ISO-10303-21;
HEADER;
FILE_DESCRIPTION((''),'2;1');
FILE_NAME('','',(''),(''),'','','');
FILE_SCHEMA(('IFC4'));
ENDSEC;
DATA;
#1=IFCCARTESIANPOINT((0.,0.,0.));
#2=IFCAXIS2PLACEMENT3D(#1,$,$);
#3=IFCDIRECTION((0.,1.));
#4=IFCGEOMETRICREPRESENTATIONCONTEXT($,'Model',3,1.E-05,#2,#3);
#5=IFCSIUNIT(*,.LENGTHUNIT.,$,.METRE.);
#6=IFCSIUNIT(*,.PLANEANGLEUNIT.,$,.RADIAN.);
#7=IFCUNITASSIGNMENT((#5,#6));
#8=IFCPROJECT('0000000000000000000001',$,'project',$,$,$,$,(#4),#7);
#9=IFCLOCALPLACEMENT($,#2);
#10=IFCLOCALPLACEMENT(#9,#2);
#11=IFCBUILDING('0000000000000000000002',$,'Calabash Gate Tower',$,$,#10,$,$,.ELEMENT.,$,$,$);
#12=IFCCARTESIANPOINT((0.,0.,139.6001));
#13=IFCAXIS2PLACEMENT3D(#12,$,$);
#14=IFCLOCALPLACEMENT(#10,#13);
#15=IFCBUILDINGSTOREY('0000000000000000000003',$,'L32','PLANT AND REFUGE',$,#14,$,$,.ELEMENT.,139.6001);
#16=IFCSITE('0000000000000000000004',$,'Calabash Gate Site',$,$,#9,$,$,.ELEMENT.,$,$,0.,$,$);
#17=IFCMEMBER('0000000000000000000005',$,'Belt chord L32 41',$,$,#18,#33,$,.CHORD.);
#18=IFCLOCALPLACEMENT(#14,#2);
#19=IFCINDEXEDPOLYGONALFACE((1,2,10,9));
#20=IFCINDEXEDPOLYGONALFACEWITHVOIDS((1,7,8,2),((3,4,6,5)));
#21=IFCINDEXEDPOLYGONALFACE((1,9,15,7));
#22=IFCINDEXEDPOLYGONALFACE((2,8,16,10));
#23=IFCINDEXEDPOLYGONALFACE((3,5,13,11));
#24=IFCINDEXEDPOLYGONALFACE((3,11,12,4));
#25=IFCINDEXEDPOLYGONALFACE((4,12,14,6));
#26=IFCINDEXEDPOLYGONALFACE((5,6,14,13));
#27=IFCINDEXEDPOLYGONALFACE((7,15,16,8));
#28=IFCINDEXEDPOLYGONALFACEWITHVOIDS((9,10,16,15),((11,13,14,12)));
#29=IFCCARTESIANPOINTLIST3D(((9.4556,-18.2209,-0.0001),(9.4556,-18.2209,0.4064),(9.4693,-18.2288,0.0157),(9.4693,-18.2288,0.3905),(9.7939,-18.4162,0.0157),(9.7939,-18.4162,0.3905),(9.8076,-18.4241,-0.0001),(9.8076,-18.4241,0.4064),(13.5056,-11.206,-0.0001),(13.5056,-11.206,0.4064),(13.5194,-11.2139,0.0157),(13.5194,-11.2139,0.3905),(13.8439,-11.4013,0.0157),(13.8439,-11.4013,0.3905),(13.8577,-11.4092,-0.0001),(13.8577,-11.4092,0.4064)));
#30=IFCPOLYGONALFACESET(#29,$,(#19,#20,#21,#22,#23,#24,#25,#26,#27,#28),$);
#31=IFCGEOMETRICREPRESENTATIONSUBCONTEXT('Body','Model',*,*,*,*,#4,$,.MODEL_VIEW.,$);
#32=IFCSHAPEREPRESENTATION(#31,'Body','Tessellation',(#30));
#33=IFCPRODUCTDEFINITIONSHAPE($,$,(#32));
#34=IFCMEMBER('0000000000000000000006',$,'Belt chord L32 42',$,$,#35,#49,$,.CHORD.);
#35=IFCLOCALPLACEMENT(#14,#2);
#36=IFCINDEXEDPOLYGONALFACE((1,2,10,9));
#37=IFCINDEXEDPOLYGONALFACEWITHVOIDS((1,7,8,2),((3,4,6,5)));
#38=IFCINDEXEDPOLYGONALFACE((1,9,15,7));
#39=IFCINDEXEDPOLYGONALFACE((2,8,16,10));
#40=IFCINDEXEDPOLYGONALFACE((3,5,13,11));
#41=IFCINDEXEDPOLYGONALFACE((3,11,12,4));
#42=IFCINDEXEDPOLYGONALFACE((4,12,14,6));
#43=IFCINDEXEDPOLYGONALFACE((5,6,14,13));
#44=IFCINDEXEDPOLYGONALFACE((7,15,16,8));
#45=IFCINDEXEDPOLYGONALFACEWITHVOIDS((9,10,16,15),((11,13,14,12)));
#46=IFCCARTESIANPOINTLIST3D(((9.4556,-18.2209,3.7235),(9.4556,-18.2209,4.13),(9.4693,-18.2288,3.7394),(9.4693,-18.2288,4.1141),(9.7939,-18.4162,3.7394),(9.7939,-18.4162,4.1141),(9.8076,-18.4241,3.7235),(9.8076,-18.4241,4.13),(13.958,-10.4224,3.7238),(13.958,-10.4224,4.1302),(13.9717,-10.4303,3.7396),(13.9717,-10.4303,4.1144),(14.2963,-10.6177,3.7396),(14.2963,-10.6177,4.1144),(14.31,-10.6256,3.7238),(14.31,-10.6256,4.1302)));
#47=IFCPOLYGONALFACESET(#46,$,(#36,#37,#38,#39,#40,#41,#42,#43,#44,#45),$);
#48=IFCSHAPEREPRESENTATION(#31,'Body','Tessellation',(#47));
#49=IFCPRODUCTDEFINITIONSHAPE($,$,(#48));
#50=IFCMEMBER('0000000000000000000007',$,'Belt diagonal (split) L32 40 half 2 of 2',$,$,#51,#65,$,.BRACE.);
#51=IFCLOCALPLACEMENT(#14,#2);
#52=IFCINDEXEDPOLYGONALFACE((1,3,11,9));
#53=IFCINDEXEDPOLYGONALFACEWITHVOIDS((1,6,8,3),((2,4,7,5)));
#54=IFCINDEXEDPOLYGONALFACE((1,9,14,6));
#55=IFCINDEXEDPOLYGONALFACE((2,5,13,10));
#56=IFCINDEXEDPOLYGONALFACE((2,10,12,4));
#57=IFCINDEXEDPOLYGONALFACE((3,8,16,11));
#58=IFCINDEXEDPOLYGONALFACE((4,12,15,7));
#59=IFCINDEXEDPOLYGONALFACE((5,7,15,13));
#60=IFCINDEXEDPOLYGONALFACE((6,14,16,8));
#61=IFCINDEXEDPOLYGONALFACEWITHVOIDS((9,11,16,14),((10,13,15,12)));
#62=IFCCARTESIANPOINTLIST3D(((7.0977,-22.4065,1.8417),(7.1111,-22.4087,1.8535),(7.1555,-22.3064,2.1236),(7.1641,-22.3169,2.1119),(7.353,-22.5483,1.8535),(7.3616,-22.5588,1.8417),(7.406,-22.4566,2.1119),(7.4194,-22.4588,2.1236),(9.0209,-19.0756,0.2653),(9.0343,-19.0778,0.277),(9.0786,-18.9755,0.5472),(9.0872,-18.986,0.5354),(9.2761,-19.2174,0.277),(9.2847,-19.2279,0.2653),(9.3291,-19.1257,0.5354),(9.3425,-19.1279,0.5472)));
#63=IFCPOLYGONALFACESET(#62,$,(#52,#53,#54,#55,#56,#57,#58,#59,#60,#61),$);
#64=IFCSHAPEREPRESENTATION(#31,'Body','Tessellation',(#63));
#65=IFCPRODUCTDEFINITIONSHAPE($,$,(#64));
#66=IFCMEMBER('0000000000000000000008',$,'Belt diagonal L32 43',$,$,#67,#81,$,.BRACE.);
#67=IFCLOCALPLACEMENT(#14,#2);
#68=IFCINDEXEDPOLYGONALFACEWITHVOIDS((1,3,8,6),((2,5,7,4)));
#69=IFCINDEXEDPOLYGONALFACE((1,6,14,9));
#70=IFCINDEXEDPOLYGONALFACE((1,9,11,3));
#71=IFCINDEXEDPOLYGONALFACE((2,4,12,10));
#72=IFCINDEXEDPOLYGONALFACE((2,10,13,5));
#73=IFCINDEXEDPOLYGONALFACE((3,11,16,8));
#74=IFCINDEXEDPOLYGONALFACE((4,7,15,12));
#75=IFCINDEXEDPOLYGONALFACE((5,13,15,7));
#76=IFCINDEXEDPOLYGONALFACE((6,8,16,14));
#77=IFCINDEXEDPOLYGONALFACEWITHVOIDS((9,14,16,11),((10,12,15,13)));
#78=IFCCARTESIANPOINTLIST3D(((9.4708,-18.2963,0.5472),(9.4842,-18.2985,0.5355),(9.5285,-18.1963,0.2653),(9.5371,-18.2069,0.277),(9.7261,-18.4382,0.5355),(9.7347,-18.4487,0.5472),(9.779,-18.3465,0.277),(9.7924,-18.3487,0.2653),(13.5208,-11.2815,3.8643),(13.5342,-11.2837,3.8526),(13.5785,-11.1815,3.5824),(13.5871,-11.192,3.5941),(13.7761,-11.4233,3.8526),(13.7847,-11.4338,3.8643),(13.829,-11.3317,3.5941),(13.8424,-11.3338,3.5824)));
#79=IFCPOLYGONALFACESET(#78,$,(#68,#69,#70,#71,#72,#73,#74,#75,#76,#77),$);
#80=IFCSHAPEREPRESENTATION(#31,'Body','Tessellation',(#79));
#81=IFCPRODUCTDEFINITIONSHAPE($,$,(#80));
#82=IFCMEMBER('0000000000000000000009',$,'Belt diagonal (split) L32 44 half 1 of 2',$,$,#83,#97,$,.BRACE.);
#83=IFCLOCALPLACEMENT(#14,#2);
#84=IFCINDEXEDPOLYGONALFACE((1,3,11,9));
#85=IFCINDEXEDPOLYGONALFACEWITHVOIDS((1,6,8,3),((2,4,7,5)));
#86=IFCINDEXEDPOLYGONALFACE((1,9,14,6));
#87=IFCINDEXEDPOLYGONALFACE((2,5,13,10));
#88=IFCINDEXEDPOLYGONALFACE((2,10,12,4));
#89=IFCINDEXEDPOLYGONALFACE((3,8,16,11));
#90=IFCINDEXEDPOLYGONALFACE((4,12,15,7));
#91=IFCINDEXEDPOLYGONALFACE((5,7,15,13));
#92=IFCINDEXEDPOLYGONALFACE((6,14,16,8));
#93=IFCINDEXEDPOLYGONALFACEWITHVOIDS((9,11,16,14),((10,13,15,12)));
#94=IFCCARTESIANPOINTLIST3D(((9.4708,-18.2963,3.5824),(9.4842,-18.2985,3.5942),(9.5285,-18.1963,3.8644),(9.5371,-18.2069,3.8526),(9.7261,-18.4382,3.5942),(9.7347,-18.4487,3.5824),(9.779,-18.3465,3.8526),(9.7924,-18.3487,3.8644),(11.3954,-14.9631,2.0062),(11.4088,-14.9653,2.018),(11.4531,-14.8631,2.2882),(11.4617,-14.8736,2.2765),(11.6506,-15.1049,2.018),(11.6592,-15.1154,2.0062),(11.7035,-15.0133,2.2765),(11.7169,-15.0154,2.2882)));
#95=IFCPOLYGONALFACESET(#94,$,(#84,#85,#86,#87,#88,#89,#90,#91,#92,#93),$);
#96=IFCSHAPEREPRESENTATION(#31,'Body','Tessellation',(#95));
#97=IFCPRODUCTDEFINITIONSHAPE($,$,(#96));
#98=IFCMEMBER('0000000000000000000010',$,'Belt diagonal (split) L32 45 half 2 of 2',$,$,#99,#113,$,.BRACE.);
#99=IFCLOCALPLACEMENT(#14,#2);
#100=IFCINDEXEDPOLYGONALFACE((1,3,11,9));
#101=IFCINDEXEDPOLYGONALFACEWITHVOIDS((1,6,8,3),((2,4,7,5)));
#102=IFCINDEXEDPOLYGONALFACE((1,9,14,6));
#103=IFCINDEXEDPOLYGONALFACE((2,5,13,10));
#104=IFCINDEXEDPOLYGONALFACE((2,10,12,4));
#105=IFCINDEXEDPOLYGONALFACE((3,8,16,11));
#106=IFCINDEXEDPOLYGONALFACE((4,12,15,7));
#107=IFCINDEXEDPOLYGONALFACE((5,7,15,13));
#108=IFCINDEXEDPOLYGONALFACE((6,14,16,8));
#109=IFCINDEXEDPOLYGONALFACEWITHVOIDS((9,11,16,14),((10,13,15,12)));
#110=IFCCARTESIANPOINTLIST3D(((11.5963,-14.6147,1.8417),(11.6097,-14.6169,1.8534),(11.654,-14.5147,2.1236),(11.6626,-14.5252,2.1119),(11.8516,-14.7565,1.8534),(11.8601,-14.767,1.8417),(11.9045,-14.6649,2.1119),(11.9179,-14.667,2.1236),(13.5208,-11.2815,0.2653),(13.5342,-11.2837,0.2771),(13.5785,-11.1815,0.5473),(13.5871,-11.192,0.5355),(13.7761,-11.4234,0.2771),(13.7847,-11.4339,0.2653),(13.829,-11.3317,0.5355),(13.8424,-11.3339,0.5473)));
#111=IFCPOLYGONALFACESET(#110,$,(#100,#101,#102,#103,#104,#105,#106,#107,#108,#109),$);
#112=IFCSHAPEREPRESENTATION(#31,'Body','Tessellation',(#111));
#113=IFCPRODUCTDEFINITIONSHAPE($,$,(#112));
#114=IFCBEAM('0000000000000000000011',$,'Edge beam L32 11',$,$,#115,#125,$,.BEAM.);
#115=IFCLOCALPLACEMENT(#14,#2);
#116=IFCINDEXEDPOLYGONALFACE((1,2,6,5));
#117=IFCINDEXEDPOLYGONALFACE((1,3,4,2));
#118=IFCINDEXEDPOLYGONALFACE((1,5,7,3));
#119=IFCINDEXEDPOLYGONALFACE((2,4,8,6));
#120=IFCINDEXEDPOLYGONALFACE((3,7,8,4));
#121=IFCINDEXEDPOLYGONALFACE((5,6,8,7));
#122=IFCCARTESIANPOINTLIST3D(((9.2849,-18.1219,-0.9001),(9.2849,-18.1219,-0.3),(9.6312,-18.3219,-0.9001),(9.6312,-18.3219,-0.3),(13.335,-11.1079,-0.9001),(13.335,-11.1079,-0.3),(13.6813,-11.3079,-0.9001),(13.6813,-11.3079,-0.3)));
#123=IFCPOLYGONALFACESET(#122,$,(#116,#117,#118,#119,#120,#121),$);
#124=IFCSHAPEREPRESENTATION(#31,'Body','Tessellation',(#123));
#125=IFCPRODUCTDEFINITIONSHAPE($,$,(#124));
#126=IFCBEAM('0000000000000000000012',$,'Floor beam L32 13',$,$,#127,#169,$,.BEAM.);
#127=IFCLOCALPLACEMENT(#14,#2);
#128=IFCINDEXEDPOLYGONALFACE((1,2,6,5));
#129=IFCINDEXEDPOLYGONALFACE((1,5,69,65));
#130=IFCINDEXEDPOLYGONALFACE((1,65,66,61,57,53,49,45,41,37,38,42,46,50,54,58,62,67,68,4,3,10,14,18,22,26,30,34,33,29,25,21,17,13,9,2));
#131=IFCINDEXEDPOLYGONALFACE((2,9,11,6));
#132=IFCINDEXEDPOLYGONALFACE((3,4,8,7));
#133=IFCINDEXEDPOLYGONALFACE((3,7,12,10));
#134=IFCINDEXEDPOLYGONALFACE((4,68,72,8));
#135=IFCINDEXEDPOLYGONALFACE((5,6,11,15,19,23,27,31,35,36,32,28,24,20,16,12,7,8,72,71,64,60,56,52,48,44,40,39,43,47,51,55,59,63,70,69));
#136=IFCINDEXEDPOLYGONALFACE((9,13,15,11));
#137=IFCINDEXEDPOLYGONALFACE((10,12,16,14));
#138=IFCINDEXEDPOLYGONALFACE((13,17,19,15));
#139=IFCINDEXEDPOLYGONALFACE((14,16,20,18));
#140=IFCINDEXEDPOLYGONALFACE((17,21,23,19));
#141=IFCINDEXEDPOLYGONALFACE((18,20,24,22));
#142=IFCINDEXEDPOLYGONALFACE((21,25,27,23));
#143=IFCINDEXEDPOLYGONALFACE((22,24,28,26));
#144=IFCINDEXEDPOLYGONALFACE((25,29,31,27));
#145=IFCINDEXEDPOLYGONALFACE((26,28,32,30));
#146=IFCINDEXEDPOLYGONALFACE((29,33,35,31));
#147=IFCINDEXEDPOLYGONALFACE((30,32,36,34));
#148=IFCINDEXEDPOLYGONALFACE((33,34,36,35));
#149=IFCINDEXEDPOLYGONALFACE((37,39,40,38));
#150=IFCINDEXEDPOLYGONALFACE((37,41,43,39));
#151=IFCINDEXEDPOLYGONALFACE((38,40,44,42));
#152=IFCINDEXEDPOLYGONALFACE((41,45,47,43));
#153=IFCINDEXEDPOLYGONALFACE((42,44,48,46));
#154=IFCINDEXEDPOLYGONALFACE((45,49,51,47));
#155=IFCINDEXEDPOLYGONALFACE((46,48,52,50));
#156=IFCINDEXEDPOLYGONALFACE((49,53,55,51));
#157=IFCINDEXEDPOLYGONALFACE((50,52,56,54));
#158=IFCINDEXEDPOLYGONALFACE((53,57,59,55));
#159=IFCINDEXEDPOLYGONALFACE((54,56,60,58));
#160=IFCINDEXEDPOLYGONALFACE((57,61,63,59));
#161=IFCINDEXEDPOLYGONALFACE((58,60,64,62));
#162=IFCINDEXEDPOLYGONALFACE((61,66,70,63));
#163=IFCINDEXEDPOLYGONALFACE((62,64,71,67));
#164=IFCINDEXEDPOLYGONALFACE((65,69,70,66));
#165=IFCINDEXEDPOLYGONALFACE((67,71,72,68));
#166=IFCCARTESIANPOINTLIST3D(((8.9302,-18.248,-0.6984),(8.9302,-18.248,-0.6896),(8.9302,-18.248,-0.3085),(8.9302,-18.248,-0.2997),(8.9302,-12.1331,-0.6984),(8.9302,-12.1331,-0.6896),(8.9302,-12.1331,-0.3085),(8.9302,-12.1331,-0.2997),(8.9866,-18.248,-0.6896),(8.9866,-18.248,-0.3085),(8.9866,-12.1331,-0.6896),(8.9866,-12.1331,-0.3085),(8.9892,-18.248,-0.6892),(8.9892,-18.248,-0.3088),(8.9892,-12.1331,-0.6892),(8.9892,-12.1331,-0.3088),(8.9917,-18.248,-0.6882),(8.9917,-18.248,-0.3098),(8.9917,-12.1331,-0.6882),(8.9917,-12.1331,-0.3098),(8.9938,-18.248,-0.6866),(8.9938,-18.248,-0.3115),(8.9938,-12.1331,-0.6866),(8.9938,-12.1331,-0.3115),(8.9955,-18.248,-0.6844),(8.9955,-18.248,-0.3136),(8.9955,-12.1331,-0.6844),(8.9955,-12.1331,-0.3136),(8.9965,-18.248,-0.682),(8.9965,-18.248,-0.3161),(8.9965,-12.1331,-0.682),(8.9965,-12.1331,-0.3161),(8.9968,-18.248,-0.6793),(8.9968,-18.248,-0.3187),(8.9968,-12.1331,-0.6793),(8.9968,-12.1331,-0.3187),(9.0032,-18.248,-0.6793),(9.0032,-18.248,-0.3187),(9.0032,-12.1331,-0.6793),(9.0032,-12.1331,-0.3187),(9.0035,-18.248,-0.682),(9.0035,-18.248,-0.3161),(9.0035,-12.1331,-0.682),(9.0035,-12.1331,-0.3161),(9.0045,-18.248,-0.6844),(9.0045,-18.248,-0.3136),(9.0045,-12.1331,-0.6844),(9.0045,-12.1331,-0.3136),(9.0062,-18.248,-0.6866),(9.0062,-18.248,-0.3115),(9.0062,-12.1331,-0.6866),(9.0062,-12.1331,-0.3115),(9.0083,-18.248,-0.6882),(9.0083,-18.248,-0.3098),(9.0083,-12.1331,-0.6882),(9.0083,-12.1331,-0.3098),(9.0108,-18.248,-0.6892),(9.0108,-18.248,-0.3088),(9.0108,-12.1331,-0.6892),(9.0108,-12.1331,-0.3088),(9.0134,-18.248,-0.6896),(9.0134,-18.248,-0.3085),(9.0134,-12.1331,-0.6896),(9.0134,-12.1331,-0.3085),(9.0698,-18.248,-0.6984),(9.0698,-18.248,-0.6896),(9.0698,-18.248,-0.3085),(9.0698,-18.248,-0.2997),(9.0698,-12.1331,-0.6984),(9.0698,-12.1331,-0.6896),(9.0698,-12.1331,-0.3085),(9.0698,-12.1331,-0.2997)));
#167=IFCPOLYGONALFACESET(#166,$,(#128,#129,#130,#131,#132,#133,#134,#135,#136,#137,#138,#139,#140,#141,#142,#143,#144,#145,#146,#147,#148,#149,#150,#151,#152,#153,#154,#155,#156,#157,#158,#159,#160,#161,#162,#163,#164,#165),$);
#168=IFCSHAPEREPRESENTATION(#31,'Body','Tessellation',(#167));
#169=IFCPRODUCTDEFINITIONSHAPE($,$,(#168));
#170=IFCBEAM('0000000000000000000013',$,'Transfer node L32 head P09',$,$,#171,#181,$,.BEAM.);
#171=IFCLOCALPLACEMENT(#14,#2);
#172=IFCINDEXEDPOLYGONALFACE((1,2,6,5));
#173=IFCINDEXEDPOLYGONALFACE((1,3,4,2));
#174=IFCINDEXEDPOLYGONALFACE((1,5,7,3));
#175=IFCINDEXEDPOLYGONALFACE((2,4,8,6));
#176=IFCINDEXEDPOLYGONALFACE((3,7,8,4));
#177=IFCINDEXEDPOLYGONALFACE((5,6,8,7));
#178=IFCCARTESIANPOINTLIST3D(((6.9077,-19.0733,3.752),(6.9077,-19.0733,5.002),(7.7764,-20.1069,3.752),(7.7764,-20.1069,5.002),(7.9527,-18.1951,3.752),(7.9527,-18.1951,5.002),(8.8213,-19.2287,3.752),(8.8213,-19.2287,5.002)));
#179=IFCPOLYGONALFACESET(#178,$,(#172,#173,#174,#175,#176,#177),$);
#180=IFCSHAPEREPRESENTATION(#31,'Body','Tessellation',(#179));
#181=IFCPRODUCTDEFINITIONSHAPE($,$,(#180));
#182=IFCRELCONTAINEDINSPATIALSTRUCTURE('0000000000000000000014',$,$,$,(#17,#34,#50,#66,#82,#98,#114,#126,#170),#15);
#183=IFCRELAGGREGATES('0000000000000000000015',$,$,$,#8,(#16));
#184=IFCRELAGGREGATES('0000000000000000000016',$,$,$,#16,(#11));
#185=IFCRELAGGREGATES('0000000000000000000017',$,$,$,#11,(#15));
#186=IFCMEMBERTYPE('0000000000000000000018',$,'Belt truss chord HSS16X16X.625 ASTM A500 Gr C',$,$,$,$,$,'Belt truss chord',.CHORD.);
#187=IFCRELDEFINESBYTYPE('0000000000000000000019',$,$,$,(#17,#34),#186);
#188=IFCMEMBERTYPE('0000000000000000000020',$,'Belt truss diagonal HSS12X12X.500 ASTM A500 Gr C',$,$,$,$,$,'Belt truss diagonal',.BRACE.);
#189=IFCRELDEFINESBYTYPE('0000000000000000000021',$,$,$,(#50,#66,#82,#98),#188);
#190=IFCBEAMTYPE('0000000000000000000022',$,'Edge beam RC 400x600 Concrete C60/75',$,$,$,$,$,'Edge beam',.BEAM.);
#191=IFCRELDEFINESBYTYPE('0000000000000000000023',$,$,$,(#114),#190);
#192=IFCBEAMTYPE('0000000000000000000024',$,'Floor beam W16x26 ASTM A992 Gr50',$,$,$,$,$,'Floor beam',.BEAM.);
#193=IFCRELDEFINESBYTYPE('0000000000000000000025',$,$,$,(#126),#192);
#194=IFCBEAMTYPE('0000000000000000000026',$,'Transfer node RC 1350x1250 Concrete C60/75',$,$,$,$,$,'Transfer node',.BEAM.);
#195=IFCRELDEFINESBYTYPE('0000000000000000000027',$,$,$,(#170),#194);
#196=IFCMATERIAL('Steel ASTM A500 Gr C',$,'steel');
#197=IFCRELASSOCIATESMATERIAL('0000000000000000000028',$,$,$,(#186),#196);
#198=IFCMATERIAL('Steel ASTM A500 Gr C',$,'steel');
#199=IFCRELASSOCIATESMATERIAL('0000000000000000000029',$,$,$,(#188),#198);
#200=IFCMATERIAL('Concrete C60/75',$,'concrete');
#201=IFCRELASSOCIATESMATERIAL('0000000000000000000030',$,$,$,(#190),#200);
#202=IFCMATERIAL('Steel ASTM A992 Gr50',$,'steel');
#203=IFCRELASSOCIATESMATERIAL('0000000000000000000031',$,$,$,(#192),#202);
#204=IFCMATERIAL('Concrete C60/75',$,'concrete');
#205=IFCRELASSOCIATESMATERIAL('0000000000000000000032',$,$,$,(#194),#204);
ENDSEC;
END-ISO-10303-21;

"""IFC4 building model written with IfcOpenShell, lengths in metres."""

from ifc_helpers import new_model, si_unit, direction, frame, origin, origin_2d, place, context, subcontext, project, spatial, rectangle, hollow_rectangle, i_section, extrude, material, material_profile, profile_set, type_object, element, save


model = new_model("IFC4")

# Units and contexts
model_context = context("Model", 3, precision=1e-05, world=origin(), true_north=direction((0.0, 1.0)))
body_context = subcontext(model_context, "Body", "Model", "MODEL_VIEW")
ifc_project = project(units=[si_unit("LENGTHUNIT", "METRE"), si_unit("PLANEANGLEUNIT", "RADIAN")], contexts=[model_context])

# Site, building, storey
site_placement = place(None, origin())
site = spatial("IfcSite", under=ifc_project, at=site_placement, Name="Calabash Gate Site", CompositionType="ELEMENT", RefElevation=0.0)
building_placement = place(site_placement, origin())
building = spatial("IfcBuilding", under=site, at=building_placement, Name="Calabash Gate Tower", CompositionType="ELEMENT")
storey_placement = place(building_placement, frame((0.0, 0.0, 139.6001)))
storey = spatial("IfcBuildingStorey", under=building, at=storey_placement, Name="L32", Description="PLANT AND REFUGE", CompositionType="ELEMENT", Elevation=139.6001)

# Members
ifc_material_1 = material(Name="Steel ASTM A500 Gr C", Category="steel")
ifc_material_profile_1 = material_profile(ifc_material_1, hollow_rectangle(XDim=0.4065, YDim=0.4065, WallThickness=0.0159, at=origin_2d()))
ifc_profile_set_1 = profile_set([ifc_material_profile_1], Name="Steel ASTM A500 Gr C")
member_type_1 = type_object("IfcMemberType", Name="Belt truss chord HSS16X16X.625 ASTM A500 Gr C", ElementType="Belt truss chord", PredefinedType="CHORD", material=ifc_profile_set_1)
member_1_placement = place(storey_placement, frame((9.6316, -18.3225, 0.2031), z_axis=(0.5, 0.866025, 0.0), x_axis=(-0.866025, 0.5, 0.0)))
element("IfcMember", 1, at=member_1_placement, inside=storey, type_object=member_type_1, Name="Belt chord L32 41", PredefinedType="CHORD", context=body_context, shape_type="SweptSolid", body=[
    extrude(hollow_rectangle(XDim=0.4065, YDim=0.4065, WallThickness=0.0159, at=origin_2d()), origin(), (0.0, 0.0, 1.0), 8.1001),
])
member_2_placement = place(storey_placement, frame((9.6316, -18.3225, 3.9268), z_axis=(0.499994, 0.866029, 0.000027), x_axis=(-0.866029, 0.499994, 0.0)))
element("IfcMember", 2, at=member_2_placement, inside=storey, type_object=member_type_1, Name="Belt chord L32 42", PredefinedType="CHORD", context=body_context, shape_type="SweptSolid", body=[
    extrude(hollow_rectangle(XDim=0.4065, YDim=0.4065, WallThickness=0.0159, at=origin_2d()), origin(), (0.0, 0.0, 1.0), 9.0049),
])
ifc_material_2 = material(Name="Steel ASTM A500 Gr C", Category="steel")
ifc_material_profile_2 = material_profile(ifc_material_2, hollow_rectangle(XDim=0.3047, YDim=0.3047, WallThickness=0.0127, at=origin_2d()))
ifc_profile_set_2 = profile_set([ifc_material_profile_2], Name="Steel ASTM A500 Gr C")
member_type_2 = type_object("IfcMemberType", Name="Belt truss diagonal HSS12X12X.500 ASTM A500 Gr C", ElementType="Belt truss diagonal", PredefinedType="BRACE", material=ifc_profile_set_2)
member_3_placement = place(storey_placement, frame((7.2585, -22.4326, 1.9827), z_axis=(0.462656, 0.801322, -0.379252), x_axis=(-0.86602, 0.50001, 0.0)))
element("IfcMember", 3, at=member_3_placement, inside=storey, type_object=member_type_2, Name="Belt diagonal (split) L32 40 half 2 of 2", PredefinedType="BRACE", context=body_context, shape_type="SweptSolid", body=[
    extrude(hollow_rectangle(XDim=0.3047, YDim=0.3047, WallThickness=0.0127, at=origin_2d()), origin(), (0.0, 0.0, 1.0), 4.1567),
])
member_4_placement = place(storey_placement, frame((9.6316, -18.3225, 0.4062), z_axis=(0.462704, 0.801427, 0.378972), x_axis=(-0.866025, 0.5, 0.0)))
element("IfcMember", 4, at=member_4_placement, inside=storey, type_object=member_type_2, Name="Belt diagonal L32 43", PredefinedType="BRACE", context=body_context, shape_type="SweptSolid", body=[
    extrude(hollow_rectangle(XDim=0.3047, YDim=0.3047, WallThickness=0.0127, at=origin_2d()), origin(), (0.0, 0.0, 1.0), 8.7529),
])
for number, where, z_axis, x_axis, name in (
    (5, (9.6316, -18.3225, 3.7234), (0.462725, 0.80142, -0.378962), (-0.866013, 0.500021, 0.0), "Belt diagonal (split) L32 44 half 1 of 2"),
    (6, (11.7571, -14.6409, 1.9827), (0.462715, 0.801402, -0.379012), (-0.866013, 0.500021, 0.0), "Belt diagonal (split) L32 45 half 2 of 2"),
):
    element("IfcMember", number, at=place(storey_placement, frame(where, z_axis=z_axis, x_axis=x_axis)), inside=storey, type_object=member_type_2, Name=name, PredefinedType="BRACE", context=body_context, shape_type="SweptSolid", body=[
        extrude(hollow_rectangle(XDim=0.3047, YDim=0.3047, WallThickness=0.0127, at=origin_2d()), origin(), (0.0, 0.0, 1.0), 4.1592),
    ])

# Beams
ifc_material_3 = material(Name="Concrete C60/75", Category="concrete")
ifc_material_profile_3 = material_profile(ifc_material_3, rectangle(XDim=0.3999, YDim=0.6001, at=origin_2d()))
ifc_profile_set_3 = profile_set([ifc_material_profile_3], Name="Concrete C60/75")
beam_type_1 = type_object("IfcBeamType", Name="Edge beam RC 400x600 Concrete C60/75", ElementType="Edge beam", PredefinedType="BEAM", material=ifc_profile_set_3)
beam_1_placement = place(storey_placement, frame((9.458, -18.2219, -0.6001), z_axis=(0.500052, 0.865995, 0.0), x_axis=(-0.865995, 0.500052, 0.0)))
element("IfcBeam", 7, at=beam_1_placement, inside=storey, type_object=beam_type_1, Name="Edge beam L32 11", PredefinedType="BEAM", context=body_context, shape_type="SweptSolid", body=[
    extrude(rectangle(XDim=0.3999, YDim=0.6001, at=origin_2d()), origin(), (0.0, 0.0, 1.0), 8.0994),
])
ifc_material_4 = material(Name="Steel ASTM A992 Gr50", Category="steel")
ifc_material_profile_4 = material_profile(ifc_material_4, i_section(OverallWidth=0.1396, OverallDepth=0.3987, WebThickness=0.0063, FlangeThickness=0.0088, FilletRadius=0.0103, at=origin_2d()))
ifc_profile_set_4 = profile_set([ifc_material_profile_4], Name="Steel ASTM A992 Gr50")
beam_type_2 = type_object("IfcBeamType", Name="Floor beam W16x26 ASTM A992 Gr50", ElementType="Floor beam", PredefinedType="BEAM", material=ifc_profile_set_4)
beam_2_placement = place(storey_placement, frame((9.0, -18.248, -0.499), z_axis=(0.0, 1.0, 0.0), x_axis=(-1.0, 0.0, 0.0)))
element("IfcBeam", 8, at=beam_2_placement, inside=storey, type_object=beam_type_2, Name="Floor beam L32 13", PredefinedType="BEAM", context=body_context, shape_type="SweptSolid", body=[
    extrude(i_section(OverallWidth=0.1396, OverallDepth=0.3987, WebThickness=0.0063, FlangeThickness=0.0088, FilletRadius=0.0103, at=origin_2d()), origin(), (0.0, 0.0, 1.0), 6.115),
])
ifc_material_5 = material(Name="Concrete C60/75", Category="concrete")
ifc_material_profile_5 = material_profile(ifc_material_5, rectangle(XDim=1.3501, YDim=1.25, at=origin_2d()))
ifc_profile_set_5 = profile_set([ifc_material_profile_5], Name="Concrete C60/75")
beam_type_3 = type_object("IfcBeamType", Name="Transfer node RC 1350x1250 Concrete C60/75", ElementType="Transfer node", PredefinedType="BEAM", material=ifc_profile_set_5)
beam_3_placement = place(storey_placement, frame((7.342, -19.5901, 4.377), z_axis=(0.765546, 0.643381, 0.0), x_axis=(-0.643381, 0.765546, 0.0)))
element("IfcBeam", 9, at=beam_3_placement, inside=storey, type_object=beam_type_3, Name="Transfer node L32 head P09", PredefinedType="BEAM", context=body_context, shape_type="SweptSolid", body=[
    extrude(rectangle(XDim=1.3501, YDim=1.25, at=origin_2d()), origin(), (0.0, 0.0, 1.0), 1.365),
])

save(model, "model.ifc")
